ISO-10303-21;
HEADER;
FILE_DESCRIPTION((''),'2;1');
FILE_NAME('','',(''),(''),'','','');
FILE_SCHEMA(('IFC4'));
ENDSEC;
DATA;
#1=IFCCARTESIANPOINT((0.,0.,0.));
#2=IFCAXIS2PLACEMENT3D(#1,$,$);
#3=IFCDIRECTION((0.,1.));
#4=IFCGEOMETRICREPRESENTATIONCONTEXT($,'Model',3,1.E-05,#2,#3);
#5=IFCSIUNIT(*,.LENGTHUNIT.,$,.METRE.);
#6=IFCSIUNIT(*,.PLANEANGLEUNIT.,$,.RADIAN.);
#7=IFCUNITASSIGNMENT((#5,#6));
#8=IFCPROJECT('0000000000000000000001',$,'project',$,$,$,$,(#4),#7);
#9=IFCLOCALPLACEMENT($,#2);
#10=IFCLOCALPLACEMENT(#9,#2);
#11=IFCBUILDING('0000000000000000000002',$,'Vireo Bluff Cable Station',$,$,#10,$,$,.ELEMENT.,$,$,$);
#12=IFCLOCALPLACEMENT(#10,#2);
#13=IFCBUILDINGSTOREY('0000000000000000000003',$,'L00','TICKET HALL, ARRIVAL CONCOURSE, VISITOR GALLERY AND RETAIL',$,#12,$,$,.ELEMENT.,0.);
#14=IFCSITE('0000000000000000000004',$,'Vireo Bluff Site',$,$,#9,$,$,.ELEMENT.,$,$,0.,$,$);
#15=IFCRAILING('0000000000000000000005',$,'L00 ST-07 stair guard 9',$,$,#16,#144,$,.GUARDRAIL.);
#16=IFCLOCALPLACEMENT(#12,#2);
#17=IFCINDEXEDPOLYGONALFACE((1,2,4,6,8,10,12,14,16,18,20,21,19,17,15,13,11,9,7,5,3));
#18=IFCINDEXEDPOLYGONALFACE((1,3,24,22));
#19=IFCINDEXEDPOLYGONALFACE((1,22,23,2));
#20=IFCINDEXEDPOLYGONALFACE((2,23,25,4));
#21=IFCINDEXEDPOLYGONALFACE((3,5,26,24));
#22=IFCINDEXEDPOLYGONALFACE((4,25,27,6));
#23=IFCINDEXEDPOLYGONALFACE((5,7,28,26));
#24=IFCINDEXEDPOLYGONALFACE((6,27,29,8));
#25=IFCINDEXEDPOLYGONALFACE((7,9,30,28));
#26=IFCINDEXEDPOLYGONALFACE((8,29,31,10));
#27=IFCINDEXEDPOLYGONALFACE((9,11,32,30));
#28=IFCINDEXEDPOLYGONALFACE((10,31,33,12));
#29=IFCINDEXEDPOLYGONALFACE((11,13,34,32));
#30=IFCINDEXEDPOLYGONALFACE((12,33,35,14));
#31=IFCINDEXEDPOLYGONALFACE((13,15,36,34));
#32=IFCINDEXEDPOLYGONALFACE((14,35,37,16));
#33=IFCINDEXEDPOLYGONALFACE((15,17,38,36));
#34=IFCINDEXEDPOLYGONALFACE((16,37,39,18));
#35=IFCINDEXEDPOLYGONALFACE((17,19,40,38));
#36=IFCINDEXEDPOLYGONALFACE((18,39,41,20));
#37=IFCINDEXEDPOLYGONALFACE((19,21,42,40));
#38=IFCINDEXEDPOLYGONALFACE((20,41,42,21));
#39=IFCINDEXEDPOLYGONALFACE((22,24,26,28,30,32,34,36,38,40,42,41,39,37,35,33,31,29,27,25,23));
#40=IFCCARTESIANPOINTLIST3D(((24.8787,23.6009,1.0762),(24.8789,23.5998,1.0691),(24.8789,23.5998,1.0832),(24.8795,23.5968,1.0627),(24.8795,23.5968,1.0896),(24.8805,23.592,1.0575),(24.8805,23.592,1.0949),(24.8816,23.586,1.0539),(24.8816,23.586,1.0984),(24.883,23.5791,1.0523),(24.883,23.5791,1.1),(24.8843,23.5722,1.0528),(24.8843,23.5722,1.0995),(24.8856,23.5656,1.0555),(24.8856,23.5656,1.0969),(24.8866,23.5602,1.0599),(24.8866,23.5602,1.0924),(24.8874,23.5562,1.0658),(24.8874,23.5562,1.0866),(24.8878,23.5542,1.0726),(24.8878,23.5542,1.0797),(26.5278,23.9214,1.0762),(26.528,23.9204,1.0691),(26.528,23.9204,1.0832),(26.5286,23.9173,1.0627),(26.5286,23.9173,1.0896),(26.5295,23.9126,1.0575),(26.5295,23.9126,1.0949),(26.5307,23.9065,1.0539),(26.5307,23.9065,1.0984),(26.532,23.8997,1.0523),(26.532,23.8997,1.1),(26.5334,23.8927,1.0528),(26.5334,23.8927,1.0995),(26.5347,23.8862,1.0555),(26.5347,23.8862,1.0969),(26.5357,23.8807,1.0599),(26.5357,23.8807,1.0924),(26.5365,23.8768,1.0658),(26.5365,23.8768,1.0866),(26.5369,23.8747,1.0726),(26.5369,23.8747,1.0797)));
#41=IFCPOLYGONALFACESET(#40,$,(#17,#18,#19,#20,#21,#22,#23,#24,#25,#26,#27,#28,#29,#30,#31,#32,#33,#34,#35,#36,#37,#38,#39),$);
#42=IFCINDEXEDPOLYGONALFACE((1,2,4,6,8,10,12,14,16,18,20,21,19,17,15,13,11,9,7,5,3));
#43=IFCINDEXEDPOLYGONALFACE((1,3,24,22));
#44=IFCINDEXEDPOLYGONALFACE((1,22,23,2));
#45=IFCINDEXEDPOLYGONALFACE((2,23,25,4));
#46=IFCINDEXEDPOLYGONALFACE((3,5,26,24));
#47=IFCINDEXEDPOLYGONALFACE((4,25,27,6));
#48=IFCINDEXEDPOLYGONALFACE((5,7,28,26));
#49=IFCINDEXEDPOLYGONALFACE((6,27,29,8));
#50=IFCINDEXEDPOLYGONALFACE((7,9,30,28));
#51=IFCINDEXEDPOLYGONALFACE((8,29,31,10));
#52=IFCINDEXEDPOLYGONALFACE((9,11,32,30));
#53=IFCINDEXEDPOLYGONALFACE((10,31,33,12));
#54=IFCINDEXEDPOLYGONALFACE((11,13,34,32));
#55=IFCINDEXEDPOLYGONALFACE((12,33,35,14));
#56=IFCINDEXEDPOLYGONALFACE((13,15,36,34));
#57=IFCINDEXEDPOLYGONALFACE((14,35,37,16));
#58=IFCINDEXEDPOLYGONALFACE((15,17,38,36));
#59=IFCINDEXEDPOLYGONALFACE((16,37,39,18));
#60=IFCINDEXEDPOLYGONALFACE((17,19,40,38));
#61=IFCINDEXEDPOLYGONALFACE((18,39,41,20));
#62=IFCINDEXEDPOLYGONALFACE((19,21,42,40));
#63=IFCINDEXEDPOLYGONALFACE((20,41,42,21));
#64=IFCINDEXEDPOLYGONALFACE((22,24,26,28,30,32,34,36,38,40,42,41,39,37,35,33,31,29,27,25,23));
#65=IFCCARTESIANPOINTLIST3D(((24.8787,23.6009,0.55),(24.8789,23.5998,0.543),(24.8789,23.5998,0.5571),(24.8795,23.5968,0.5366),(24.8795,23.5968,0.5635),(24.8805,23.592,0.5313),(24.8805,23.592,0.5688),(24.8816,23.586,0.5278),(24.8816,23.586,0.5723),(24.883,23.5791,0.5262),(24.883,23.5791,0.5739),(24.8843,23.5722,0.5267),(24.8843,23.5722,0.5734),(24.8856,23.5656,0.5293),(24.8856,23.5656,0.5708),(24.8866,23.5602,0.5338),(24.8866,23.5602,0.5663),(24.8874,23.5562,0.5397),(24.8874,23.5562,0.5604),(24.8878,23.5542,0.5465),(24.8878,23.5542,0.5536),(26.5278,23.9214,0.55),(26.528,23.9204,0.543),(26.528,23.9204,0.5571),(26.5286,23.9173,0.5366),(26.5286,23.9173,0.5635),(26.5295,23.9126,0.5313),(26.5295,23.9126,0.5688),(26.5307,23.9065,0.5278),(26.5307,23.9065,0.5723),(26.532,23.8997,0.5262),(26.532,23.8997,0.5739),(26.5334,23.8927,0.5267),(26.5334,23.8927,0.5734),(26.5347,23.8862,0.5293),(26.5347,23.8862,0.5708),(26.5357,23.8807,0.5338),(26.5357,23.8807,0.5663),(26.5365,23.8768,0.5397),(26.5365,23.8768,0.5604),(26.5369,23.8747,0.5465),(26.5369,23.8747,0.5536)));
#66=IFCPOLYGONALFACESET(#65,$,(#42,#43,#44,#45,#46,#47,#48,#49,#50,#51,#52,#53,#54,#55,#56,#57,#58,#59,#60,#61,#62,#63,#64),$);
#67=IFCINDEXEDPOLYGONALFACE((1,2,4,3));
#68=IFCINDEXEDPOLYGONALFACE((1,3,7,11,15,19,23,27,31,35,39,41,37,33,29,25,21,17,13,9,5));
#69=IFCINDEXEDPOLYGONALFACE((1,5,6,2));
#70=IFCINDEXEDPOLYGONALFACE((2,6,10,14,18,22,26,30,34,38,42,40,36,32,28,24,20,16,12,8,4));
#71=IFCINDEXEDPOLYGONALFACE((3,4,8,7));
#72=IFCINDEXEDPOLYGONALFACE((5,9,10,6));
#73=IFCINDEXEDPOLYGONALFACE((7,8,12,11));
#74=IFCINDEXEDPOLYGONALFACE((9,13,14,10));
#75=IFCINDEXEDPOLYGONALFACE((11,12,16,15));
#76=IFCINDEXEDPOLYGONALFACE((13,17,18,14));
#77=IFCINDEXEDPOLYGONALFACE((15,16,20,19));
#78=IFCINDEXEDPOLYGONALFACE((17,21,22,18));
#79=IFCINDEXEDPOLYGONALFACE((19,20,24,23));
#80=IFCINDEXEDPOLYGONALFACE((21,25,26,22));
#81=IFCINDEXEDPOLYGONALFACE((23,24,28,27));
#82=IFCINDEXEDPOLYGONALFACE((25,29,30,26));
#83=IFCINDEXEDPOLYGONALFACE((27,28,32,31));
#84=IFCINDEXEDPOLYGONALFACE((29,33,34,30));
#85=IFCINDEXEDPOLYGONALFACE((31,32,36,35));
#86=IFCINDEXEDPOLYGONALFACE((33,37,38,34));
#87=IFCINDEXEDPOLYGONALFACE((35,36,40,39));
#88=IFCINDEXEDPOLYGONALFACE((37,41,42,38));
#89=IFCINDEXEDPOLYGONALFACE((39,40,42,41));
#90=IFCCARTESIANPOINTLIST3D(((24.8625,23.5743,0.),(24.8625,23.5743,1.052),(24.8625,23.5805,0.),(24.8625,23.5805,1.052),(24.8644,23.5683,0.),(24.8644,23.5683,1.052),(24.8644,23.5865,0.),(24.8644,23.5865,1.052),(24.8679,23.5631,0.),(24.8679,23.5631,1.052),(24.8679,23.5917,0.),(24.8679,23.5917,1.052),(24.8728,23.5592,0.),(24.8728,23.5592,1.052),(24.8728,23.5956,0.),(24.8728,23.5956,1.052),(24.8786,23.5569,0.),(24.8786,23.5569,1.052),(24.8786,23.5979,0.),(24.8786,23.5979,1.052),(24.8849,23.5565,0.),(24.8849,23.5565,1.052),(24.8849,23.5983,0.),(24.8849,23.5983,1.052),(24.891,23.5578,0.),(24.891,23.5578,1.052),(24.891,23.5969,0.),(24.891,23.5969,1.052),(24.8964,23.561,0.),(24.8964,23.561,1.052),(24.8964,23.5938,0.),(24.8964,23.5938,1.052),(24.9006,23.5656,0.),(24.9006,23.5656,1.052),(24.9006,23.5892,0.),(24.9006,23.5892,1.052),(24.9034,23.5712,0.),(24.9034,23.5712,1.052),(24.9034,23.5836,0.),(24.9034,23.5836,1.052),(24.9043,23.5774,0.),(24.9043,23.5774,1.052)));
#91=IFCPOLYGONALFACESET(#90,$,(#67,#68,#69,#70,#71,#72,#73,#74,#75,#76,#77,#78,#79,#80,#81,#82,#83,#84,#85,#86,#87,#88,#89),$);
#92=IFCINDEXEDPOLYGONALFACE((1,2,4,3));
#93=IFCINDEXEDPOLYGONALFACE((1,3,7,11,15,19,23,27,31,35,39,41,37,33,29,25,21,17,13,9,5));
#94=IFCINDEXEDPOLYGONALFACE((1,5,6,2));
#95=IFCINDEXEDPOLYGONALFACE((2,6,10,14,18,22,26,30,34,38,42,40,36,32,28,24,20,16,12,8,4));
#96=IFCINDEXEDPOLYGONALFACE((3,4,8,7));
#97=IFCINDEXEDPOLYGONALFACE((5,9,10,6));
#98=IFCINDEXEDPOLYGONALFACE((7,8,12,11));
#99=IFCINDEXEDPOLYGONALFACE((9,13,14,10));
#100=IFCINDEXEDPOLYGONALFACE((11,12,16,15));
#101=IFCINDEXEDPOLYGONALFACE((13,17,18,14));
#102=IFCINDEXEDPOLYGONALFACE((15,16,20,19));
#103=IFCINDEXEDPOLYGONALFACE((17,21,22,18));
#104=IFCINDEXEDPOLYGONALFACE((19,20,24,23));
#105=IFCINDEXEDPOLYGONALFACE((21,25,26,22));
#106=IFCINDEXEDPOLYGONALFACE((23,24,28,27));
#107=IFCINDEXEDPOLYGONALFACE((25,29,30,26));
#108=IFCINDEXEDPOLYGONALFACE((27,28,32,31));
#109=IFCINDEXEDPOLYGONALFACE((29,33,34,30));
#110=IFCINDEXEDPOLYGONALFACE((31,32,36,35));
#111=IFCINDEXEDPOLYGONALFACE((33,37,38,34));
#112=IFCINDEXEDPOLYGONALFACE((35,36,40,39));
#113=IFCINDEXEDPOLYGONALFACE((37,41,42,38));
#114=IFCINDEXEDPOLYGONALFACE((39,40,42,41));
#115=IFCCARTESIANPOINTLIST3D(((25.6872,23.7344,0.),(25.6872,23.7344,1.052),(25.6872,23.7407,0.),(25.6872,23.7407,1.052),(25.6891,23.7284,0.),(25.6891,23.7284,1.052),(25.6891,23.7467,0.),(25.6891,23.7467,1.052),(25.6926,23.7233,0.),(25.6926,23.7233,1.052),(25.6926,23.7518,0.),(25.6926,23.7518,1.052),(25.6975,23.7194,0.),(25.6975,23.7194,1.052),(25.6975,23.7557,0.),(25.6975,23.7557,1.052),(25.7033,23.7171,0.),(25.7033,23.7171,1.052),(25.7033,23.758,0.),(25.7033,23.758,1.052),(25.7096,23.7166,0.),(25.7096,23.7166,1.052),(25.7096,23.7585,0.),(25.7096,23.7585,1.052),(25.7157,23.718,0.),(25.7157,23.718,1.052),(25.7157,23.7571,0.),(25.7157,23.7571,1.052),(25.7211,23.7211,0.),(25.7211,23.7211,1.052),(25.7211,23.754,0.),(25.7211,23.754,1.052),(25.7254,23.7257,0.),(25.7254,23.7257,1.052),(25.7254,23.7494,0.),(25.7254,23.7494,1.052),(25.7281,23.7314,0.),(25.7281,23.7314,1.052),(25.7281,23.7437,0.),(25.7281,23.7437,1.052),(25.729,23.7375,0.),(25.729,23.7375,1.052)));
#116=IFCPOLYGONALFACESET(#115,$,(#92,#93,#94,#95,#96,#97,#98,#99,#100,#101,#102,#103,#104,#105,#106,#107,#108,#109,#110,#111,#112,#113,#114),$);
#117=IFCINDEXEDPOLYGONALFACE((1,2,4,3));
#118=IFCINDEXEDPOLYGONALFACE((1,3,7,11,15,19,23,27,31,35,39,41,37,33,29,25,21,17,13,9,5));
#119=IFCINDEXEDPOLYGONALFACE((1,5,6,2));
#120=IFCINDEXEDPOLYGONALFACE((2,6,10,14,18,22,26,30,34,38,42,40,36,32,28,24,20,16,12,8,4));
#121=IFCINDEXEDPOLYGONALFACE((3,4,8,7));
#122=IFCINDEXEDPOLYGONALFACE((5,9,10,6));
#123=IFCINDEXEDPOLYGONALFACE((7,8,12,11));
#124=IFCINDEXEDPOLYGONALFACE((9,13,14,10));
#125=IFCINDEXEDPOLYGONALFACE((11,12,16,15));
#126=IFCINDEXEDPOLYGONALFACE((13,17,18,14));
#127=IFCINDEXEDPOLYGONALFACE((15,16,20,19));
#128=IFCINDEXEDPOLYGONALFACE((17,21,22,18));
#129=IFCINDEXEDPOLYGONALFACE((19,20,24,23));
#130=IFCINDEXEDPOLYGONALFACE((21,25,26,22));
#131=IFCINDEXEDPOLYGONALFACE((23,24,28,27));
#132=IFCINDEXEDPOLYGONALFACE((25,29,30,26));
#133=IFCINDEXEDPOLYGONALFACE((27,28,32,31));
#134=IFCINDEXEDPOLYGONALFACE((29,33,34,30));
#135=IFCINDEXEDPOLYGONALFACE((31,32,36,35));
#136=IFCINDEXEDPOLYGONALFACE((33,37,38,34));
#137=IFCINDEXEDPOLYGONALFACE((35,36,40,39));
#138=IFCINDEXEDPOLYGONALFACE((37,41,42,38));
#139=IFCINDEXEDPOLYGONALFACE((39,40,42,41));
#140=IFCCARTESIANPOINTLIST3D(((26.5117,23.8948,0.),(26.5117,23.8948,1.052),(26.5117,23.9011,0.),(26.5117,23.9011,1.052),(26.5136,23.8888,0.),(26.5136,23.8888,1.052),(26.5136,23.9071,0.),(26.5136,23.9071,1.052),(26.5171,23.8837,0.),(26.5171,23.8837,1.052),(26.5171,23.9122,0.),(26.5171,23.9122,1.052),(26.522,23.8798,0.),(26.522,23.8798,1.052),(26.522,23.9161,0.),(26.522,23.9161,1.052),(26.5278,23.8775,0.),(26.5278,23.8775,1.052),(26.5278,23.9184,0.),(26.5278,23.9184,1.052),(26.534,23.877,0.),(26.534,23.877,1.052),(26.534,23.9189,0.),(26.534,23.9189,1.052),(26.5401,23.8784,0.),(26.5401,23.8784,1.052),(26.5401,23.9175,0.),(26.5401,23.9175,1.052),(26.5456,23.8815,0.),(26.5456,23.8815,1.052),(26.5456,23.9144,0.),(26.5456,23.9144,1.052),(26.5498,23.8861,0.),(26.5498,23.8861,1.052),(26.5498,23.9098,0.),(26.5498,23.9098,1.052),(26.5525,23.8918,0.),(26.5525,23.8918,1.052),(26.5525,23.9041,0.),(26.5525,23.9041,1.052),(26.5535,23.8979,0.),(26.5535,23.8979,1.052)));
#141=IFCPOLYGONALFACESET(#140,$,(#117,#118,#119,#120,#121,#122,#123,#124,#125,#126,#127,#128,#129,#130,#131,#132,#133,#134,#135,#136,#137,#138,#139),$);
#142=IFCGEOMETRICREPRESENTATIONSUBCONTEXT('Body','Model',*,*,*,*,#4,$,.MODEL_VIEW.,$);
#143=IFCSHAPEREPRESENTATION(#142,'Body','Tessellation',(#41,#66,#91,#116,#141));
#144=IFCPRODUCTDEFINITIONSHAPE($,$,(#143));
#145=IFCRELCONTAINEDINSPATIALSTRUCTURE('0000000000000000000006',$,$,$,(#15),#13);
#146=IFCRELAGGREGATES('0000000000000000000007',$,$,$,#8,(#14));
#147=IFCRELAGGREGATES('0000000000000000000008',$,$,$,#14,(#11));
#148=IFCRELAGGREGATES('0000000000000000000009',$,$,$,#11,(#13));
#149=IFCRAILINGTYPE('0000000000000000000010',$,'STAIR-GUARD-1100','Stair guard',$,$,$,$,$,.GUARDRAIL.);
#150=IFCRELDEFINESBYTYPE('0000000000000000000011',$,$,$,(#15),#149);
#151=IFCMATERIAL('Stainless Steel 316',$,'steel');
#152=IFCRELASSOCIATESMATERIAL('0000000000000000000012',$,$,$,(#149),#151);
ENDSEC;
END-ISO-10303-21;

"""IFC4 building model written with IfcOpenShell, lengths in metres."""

from ifc_helpers import new_model, si_unit, direction, frame, origin, origin_2d, place, context, subcontext, project, spatial, circle, extrude, material, type_object, element, save


model = new_model("IFC4")

# Units and contexts
model_context = context("Model", 3, precision=1e-05, world=origin(), true_north=direction((0.0, 1.0)))
body_context = subcontext(model_context, "Body", "Model", "MODEL_VIEW")
ifc_project = project(units=[si_unit("LENGTHUNIT", "METRE"), si_unit("PLANEANGLEUNIT", "RADIAN")], contexts=[model_context])

# Site, building, storey
site_placement = place(None, origin())
site = spatial("IfcSite", under=ifc_project, at=site_placement, Name="Vireo Bluff Site", CompositionType="ELEMENT", RefElevation=0.0)
building_placement = place(site_placement, origin())
building = spatial("IfcBuilding", under=site, at=building_placement, Name="Vireo Bluff Cable Station", CompositionType="ELEMENT")
storey_placement = place(building_placement, origin())
storey = spatial("IfcBuildingStorey", under=building, at=storey_placement, Name="L00", Description="TICKET HALL, ARRIVAL CONCOURSE, VISITOR GALLERY AND RETAIL", CompositionType="ELEMENT", Elevation=0.0)

# Railing
ifc_material_1 = material(Name="Stainless Steel 316", Category="steel")
railing_type_1 = type_object("IfcRailingType", Name="STAIR-GUARD-1100", Description="Stair guard", PredefinedType="GUARDRAIL", material=ifc_material_1)
railing_1_placement = place(storey_placement, frame((24.8833, 23.5774, 0.0)))
element("IfcRailing", 1, at=railing_1_placement, inside=storey, type_object=railing_type_1, Name="L00 ST-07 stair guard 9", PredefinedType="GUARDRAIL", context=body_context, shape_type="SweptSolid", body=[
    extrude(circle(Radius=0.0239, at=origin_2d()), frame((0.0, 0.0, 1.0762), z_axis=(0.981628, 0.190804, 0.0), x_axis=(-0.190804, 0.981628, 0.0)), (0.0, 0.0, 1.0), 1.6799),
    extrude(circle(Radius=0.0239, at=origin_2d()), frame((0.0, 0.0, 0.55), z_axis=(0.981628, 0.190804, 0.0), x_axis=(-0.190804, 0.981628, 0.0)), (0.0, 0.0, 1.0), 1.6799),
    extrude(circle(Radius=0.021, at=origin_2d()), origin(), (0.0, 0.0, 1.0), 1.052),
    extrude(circle(Radius=0.021, at=origin_2d()), frame((0.8247, 0.1602, 0.0)), (0.0, 0.0, 1.0), 1.052),
    extrude(circle(Radius=0.021, at=origin_2d()), frame((1.6492, 0.3206, 0.0)), (0.0, 0.0, 1.0), 1.052),
])

save(model, "model.ifc")
